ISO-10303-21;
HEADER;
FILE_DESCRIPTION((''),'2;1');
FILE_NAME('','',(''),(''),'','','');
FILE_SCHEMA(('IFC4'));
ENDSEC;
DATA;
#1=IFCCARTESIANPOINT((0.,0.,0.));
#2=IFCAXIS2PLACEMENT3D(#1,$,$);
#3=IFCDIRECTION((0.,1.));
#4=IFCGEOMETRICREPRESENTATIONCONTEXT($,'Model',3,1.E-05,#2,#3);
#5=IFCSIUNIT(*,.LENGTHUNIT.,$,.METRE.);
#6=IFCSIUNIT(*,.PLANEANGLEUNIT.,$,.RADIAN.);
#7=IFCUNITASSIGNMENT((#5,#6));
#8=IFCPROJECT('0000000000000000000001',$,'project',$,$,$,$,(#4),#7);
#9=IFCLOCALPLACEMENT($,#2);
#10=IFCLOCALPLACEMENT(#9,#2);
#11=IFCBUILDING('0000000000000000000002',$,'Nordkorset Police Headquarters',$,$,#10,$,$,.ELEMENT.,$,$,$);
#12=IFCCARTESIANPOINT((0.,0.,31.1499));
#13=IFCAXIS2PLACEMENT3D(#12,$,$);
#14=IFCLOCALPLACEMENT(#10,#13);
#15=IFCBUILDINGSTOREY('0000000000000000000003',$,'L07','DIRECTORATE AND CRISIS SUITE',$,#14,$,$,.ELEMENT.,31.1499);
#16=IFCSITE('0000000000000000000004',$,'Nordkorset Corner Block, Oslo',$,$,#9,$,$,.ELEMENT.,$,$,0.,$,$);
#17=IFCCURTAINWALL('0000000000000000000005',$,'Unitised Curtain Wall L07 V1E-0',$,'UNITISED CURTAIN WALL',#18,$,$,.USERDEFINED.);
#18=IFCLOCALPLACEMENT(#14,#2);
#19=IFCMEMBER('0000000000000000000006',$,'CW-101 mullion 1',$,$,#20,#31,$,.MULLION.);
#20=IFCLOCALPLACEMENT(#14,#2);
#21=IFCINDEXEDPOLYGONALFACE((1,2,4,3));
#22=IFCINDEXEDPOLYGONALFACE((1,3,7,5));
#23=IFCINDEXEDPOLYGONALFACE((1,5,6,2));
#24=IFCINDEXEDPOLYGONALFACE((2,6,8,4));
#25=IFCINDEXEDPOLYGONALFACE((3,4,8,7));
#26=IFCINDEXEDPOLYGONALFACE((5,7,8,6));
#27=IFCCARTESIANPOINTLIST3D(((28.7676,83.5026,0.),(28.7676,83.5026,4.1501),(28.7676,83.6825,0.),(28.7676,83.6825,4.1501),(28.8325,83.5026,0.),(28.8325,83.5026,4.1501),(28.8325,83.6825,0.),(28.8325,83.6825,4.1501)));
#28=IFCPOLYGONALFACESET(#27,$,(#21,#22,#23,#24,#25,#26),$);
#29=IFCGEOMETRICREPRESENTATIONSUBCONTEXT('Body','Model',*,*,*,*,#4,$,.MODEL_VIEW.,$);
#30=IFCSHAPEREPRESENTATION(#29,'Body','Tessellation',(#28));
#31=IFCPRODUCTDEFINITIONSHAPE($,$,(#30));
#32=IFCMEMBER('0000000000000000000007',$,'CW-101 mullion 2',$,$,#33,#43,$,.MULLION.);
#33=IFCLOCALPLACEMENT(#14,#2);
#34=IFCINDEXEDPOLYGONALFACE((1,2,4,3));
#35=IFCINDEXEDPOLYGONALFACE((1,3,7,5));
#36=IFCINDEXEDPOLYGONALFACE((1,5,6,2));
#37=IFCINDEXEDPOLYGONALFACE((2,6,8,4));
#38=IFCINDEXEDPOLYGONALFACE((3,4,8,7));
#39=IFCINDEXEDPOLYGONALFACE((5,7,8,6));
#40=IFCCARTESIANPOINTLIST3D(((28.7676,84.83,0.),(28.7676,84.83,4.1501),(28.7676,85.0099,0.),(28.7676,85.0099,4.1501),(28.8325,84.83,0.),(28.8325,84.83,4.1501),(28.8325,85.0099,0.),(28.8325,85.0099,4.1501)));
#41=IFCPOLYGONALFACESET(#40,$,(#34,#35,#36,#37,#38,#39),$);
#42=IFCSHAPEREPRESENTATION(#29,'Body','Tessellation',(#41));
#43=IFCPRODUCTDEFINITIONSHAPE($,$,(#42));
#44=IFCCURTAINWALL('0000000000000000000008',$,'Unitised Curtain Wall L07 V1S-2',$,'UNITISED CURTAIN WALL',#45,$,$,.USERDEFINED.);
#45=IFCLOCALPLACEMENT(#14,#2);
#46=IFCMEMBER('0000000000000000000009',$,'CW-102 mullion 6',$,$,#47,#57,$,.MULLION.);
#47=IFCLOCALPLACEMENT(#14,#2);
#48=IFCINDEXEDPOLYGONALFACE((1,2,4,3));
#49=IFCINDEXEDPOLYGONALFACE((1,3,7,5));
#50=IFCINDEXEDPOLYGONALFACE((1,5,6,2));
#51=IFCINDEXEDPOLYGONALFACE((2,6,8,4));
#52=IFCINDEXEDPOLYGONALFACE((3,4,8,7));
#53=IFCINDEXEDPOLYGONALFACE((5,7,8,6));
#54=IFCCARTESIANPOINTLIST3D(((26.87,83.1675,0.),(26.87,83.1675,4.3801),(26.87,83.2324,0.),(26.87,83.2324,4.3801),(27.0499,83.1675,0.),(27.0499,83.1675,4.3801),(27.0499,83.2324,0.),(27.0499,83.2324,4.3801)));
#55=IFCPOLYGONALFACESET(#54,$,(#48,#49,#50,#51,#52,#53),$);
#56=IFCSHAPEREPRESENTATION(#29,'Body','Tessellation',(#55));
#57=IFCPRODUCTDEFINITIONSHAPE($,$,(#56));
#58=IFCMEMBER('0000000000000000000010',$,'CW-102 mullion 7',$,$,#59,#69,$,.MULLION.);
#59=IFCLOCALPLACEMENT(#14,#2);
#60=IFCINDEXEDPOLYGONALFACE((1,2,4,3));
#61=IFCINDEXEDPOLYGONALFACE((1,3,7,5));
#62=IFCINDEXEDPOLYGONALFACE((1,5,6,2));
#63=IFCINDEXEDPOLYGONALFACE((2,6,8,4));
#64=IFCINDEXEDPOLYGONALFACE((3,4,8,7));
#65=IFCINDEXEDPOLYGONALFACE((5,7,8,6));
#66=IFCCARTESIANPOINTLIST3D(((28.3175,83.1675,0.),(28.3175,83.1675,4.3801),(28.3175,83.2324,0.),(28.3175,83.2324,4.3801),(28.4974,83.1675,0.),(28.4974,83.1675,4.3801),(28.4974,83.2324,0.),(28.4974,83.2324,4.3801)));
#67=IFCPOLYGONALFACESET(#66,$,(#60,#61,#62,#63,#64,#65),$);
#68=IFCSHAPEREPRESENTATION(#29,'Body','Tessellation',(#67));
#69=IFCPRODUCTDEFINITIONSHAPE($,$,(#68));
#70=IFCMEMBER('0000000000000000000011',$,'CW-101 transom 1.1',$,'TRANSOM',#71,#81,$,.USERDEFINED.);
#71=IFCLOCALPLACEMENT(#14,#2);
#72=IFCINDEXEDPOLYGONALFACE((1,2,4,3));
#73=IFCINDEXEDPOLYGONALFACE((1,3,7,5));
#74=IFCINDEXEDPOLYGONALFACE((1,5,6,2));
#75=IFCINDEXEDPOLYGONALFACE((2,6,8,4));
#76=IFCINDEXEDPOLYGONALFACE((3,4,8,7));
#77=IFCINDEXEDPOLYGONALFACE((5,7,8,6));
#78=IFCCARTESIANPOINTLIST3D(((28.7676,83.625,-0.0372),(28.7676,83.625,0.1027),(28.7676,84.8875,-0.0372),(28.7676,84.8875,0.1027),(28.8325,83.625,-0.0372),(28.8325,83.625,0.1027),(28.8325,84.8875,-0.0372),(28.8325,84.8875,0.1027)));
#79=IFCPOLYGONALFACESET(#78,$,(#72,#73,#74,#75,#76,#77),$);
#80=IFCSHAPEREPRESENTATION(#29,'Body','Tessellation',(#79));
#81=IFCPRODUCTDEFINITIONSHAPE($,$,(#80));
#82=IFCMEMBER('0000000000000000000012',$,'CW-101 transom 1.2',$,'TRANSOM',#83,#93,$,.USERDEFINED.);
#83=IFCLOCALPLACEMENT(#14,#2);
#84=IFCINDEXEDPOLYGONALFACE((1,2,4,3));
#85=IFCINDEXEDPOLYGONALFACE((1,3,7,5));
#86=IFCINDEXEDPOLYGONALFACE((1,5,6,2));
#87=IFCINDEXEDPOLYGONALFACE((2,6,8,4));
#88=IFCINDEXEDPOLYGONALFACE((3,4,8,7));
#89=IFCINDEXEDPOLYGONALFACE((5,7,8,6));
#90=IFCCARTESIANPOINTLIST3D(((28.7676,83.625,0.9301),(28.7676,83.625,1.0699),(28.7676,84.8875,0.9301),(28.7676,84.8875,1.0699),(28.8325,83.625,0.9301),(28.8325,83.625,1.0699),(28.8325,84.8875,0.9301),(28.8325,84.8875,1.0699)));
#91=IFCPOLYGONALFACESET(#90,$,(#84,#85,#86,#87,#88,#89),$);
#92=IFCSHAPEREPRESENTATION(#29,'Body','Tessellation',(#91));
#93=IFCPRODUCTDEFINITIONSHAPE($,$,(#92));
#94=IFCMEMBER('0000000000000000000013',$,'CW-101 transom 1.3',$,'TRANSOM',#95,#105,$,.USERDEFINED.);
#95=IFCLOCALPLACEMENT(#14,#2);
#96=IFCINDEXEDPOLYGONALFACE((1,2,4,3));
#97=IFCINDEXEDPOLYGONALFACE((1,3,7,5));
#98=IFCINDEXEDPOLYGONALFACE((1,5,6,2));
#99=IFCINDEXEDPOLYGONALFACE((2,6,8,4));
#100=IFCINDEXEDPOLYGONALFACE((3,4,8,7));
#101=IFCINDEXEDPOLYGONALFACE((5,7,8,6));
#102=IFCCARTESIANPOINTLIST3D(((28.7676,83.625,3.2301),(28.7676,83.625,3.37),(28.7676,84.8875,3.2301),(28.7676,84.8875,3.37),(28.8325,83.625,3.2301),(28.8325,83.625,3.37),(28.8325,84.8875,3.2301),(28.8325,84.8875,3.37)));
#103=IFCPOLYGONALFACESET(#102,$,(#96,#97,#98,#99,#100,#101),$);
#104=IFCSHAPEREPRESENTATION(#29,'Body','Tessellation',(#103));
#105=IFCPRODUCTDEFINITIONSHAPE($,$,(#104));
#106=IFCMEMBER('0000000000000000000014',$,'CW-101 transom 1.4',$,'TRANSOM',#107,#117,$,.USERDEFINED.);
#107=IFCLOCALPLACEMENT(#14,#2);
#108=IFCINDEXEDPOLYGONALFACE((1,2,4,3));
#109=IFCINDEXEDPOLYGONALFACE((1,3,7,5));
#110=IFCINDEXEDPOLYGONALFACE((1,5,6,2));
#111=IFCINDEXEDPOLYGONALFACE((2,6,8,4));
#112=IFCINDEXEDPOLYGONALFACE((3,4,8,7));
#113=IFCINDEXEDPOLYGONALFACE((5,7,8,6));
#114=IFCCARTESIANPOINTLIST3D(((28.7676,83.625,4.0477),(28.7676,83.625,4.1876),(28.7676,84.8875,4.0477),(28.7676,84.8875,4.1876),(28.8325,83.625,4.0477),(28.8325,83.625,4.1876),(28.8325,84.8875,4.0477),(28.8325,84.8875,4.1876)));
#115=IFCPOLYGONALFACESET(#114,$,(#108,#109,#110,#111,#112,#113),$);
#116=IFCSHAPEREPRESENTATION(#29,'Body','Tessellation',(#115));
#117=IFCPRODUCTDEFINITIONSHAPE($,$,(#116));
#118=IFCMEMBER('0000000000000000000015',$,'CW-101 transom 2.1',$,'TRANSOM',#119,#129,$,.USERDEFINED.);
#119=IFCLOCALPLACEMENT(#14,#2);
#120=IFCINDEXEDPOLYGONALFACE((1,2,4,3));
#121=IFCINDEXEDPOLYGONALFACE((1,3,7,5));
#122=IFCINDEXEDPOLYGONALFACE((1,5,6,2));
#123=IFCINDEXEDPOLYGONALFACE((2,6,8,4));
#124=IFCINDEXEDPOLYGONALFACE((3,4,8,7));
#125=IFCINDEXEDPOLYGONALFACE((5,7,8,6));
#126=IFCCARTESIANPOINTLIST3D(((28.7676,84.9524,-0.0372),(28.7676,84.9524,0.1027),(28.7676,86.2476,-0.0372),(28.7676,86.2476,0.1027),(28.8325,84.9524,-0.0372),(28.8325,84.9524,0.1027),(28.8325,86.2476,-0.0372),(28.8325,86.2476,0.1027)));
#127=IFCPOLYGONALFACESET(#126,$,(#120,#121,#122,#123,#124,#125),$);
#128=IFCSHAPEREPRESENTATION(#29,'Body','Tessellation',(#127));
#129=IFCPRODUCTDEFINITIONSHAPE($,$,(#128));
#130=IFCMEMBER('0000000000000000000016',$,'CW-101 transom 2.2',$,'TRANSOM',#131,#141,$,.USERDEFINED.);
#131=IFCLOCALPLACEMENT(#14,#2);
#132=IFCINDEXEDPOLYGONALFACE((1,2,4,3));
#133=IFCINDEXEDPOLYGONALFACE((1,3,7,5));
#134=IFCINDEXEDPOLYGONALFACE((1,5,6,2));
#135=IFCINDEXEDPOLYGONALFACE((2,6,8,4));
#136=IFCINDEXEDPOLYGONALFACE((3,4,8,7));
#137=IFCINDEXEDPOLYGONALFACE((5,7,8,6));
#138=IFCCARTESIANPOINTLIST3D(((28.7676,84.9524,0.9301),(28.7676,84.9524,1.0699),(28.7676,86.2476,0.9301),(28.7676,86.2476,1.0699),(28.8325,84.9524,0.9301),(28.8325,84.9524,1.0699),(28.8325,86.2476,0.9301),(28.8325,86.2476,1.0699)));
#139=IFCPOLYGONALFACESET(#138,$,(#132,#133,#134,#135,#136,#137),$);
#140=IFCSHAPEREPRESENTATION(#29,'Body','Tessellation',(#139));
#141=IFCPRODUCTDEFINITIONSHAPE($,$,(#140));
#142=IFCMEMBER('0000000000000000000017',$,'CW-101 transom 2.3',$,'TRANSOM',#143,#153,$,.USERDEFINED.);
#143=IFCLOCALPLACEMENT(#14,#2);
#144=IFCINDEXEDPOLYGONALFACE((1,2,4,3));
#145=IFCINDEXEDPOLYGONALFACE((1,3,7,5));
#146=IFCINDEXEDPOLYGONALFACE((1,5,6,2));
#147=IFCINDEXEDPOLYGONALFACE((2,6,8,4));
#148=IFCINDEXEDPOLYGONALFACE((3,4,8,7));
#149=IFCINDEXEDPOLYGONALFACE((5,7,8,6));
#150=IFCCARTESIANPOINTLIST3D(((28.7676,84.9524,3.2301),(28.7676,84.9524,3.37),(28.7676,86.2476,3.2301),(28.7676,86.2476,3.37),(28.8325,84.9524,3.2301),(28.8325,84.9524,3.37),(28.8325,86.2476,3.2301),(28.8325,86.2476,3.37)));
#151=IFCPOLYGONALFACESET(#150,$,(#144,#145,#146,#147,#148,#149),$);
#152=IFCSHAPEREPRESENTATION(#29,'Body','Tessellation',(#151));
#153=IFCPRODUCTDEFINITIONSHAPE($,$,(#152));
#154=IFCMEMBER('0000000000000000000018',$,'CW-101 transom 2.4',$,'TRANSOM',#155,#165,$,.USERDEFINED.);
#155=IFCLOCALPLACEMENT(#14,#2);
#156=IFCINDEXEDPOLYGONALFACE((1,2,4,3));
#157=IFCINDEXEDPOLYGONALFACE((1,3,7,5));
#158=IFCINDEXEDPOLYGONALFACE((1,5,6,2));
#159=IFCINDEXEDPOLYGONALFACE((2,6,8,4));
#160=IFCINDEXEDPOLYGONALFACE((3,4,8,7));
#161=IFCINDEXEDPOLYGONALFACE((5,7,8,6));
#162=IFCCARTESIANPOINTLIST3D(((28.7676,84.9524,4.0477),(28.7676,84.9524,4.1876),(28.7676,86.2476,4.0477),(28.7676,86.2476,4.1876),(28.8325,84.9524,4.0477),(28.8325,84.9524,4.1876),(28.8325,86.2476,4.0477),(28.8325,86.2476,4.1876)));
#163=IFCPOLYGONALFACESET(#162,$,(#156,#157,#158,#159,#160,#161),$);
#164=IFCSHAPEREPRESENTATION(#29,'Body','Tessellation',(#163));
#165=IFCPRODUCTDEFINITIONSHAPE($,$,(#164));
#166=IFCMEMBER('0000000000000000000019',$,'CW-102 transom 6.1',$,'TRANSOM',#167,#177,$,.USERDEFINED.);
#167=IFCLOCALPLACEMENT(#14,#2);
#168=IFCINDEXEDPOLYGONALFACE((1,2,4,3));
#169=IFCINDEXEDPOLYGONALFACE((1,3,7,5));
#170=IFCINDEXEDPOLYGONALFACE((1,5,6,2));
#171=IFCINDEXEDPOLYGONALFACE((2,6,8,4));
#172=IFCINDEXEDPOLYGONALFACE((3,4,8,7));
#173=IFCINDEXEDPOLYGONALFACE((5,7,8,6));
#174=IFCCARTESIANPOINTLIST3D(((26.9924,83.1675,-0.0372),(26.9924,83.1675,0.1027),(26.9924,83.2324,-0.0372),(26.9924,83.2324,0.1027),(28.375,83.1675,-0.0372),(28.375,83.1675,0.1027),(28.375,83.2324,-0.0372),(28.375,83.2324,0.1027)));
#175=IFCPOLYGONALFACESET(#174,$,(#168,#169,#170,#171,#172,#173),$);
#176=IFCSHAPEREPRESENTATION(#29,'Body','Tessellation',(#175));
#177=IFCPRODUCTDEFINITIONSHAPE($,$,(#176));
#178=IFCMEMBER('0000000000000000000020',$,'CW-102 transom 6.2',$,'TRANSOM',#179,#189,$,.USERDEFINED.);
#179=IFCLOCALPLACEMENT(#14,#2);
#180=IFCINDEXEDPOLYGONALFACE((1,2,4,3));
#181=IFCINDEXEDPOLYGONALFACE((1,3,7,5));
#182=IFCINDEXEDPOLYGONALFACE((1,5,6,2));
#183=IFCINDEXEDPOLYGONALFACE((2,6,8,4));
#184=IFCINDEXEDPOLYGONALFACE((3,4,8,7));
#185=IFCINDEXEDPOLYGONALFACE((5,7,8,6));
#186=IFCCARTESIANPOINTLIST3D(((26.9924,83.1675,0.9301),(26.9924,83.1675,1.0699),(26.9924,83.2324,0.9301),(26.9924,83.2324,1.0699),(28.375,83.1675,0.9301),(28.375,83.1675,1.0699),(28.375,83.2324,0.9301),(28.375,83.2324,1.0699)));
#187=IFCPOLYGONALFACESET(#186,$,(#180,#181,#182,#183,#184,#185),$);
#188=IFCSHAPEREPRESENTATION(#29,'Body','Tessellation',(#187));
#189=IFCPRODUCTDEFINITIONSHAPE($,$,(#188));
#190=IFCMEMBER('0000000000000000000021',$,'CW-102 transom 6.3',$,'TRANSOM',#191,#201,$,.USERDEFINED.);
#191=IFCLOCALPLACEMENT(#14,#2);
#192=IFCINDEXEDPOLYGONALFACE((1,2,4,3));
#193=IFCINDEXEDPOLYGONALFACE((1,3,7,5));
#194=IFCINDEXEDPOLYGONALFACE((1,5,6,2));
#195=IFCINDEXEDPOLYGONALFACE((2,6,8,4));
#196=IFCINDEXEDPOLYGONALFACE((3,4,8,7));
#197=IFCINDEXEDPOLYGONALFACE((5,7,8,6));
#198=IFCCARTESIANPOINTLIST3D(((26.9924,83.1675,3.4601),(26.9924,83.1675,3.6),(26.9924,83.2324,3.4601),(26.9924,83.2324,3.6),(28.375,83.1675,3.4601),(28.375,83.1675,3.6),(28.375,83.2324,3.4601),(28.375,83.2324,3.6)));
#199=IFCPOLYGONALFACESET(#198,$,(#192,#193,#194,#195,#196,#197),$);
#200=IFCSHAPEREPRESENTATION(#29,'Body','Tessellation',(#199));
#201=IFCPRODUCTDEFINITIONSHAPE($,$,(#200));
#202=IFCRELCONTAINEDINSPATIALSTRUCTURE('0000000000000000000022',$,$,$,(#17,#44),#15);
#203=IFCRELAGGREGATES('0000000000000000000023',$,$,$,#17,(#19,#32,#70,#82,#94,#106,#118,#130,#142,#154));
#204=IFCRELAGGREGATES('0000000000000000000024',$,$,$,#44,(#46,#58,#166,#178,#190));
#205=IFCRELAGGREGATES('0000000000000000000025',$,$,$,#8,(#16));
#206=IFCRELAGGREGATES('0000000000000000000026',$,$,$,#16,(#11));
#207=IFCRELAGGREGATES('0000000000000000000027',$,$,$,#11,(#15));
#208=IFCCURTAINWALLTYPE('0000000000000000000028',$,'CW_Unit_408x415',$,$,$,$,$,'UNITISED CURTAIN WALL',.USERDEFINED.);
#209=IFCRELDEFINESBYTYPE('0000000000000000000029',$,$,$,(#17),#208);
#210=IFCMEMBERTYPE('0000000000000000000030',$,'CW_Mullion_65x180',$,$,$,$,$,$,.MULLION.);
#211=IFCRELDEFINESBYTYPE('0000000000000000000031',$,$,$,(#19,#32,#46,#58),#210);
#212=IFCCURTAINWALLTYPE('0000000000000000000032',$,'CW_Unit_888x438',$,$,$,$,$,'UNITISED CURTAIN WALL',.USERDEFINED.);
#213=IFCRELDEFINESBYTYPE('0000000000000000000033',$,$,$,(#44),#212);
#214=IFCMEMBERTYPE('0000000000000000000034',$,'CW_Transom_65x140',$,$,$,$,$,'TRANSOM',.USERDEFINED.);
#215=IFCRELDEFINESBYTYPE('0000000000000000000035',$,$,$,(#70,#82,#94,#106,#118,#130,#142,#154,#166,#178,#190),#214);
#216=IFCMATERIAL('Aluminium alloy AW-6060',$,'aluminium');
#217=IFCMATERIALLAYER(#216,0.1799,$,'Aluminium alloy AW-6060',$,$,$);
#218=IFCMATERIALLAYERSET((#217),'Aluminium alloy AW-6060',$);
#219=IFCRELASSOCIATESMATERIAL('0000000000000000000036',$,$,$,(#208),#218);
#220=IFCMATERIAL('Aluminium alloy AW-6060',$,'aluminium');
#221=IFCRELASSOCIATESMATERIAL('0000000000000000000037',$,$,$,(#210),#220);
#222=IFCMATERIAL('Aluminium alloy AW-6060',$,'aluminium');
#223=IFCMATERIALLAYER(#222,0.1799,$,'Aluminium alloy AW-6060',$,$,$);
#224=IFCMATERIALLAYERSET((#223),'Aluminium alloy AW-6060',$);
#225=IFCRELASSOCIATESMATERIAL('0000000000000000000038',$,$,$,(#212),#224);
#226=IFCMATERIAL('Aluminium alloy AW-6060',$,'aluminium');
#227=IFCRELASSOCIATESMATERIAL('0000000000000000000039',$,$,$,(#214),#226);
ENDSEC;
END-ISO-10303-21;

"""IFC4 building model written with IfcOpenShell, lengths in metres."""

from ifc_helpers import new_model, si_unit, direction, frame, origin, origin_2d, place, context, subcontext, project, spatial, rectangle, extrude, material, layer, layer_set, material_profile, profile_set, type_object, element, aggregate, save


model = new_model("IFC4")

# Units and contexts
model_context = context("Model", 3, precision=1e-05, world=origin(), true_north=direction((0.0, 1.0)))
body_context = subcontext(model_context, "Body", "Model", "MODEL_VIEW")
ifc_project = project(units=[si_unit("LENGTHUNIT", "METRE"), si_unit("PLANEANGLEUNIT", "RADIAN")], contexts=[model_context])

# Site, building, storey
site_placement = place(None, origin())
site = spatial("IfcSite", under=ifc_project, at=site_placement, Name="Nordkorset Corner Block, Oslo", CompositionType="ELEMENT", RefElevation=0.0)
building_placement = place(site_placement, origin())
building = spatial("IfcBuilding", under=site, at=building_placement, Name="Nordkorset Police Headquarters", CompositionType="ELEMENT")
storey_placement = place(building_placement, frame((0.0, 0.0, 31.1499)))
storey = spatial("IfcBuildingStorey", under=building, at=storey_placement, Name="L07", Description="DIRECTORATE AND CRISIS SUITE", CompositionType="ELEMENT", Elevation=31.1499)

# Curtain walls, members
ifc_material_1 = material(Name="Aluminium alloy AW-6060", Category="aluminium")
ifc_layer_1 = layer(ifc_material_1, 0.1799, Name="Aluminium alloy AW-6060")
ifc_layer_set_1 = layer_set([ifc_layer_1], Name="Aluminium alloy AW-6060")
curtain_wall_type_1 = type_object("IfcCurtainWallType", Name="CW_Unit_408x415", ElementType="UNITISED CURTAIN WALL", PredefinedType="USERDEFINED", material=ifc_layer_set_1)
curtain_wall_1_placement = place(storey_placement, origin())
curtain_wall_1 = element("IfcCurtainWall", 1, at=curtain_wall_1_placement, inside=storey, type_object=curtain_wall_type_1, Name="Unitised Curtain Wall L07 V1E-0", ObjectType="UNITISED CURTAIN WALL", PredefinedType="USERDEFINED")
ifc_material_2 = material(Name="Aluminium alloy AW-6060", Category="aluminium")
ifc_material_profile_1 = material_profile(ifc_material_2, rectangle(XDim=0.0649, YDim=0.1799, at=origin_2d()), Name="ALU MULL 65x180")
ifc_profile_set_1 = profile_set([ifc_material_profile_1], Name="Aluminium alloy AW-6060")
member_type_1 = type_object("IfcMemberType", Name="CW_Mullion_65x180", PredefinedType="MULLION", material=ifc_profile_set_1)
member_1_placement = place(storey_placement, frame((28.8, 83.5925, 0.0), z_axis=(0.0, 0.0, 1.0), x_axis=(-1.0, 0.0, 0.0)))
member_1 = element("IfcMember", 2, at=member_1_placement, type_object=member_type_1, Name="CW-101 mullion 1", PredefinedType="MULLION", context=body_context, shape_type="SweptSolid", body=[
    extrude(rectangle(XDim=0.0649, YDim=0.1799, at=origin_2d()), origin(), (0.0, 0.0, 1.0), 4.1501),
])
member_2_placement = place(storey_placement, frame((28.8, 84.9199, 0.0), z_axis=(0.0, 0.0, 1.0), x_axis=(-1.0, 0.0, 0.0)))
member_2 = element("IfcMember", 3, at=member_2_placement, type_object=member_type_1, Name="CW-101 mullion 2", PredefinedType="MULLION", context=body_context, shape_type="SweptSolid", body=[
    extrude(rectangle(XDim=0.0649, YDim=0.1799, at=origin_2d()), origin(), (0.0, 0.0, 1.0), 4.1501),
])
ifc_material_3 = material(Name="Aluminium alloy AW-6060", Category="aluminium")
ifc_layer_2 = layer(ifc_material_3, 0.1799, Name="Aluminium alloy AW-6060")
ifc_layer_set_2 = layer_set([ifc_layer_2], Name="Aluminium alloy AW-6060")
curtain_wall_type_2 = type_object("IfcCurtainWallType", Name="CW_Unit_888x438", ElementType="UNITISED CURTAIN WALL", PredefinedType="USERDEFINED", material=ifc_layer_set_2)
curtain_wall_2_placement = place(storey_placement, origin())
curtain_wall_2 = element("IfcCurtainWall", 4, at=curtain_wall_2_placement, inside=storey, type_object=curtain_wall_type_2, Name="Unitised Curtain Wall L07 V1S-2", ObjectType="UNITISED CURTAIN WALL", PredefinedType="USERDEFINED")
member_3_placement = place(storey_placement, frame((26.96, 83.2, 0.0), z_axis=(0.0, 0.0, 1.0), x_axis=(0.0, 1.0, 0.0)))
member_3 = element("IfcMember", 5, at=member_3_placement, type_object=member_type_1, Name="CW-102 mullion 6", PredefinedType="MULLION", context=body_context, shape_type="SweptSolid", body=[
    extrude(rectangle(XDim=0.0649, YDim=0.1799, at=origin_2d()), origin(), (0.0, 0.0, 1.0), 4.3801),
])
member_4_placement = place(storey_placement, frame((28.4075, 83.2, 0.0), z_axis=(0.0, 0.0, 1.0), x_axis=(0.0, 1.0, 0.0)))
member_4 = element("IfcMember", 6, at=member_4_placement, type_object=member_type_1, Name="CW-102 mullion 7", PredefinedType="MULLION", context=body_context, shape_type="SweptSolid", body=[
    extrude(rectangle(XDim=0.0649, YDim=0.1799, at=origin_2d()), origin(), (0.0, 0.0, 1.0), 4.3801),
])

# Members
ifc_material_4 = material(Name="Aluminium alloy AW-6060", Category="aluminium")
ifc_material_profile_2 = material_profile(ifc_material_4, rectangle(XDim=0.0649, YDim=0.1399, at=origin_2d()), Name="ALU TRAN 65x140")
ifc_profile_set_2 = profile_set([ifc_material_profile_2], Name="Aluminium alloy AW-6060")
member_type_2 = type_object("IfcMemberType", Name="CW_Transom_65x140", ElementType="TRANSOM", PredefinedType="USERDEFINED", material=ifc_profile_set_2)
member_5_placement = place(storey_placement, frame((28.8, 83.625, 0.0327), z_axis=(0.0, 1.0, 0.0), x_axis=(-1.0, 0.0, 0.0)))
member_5 = element("IfcMember", 7, at=member_5_placement, type_object=member_type_2, Name="CW-101 transom 1.1", ObjectType="TRANSOM", PredefinedType="USERDEFINED", context=body_context, shape_type="SweptSolid", body=[
    extrude(rectangle(XDim=0.0649, YDim=0.1399, at=origin_2d()), origin(), (0.0, 0.0, 1.0), 1.2625),
])
member_6_placement = place(storey_placement, frame((28.8, 83.625, 1.0), z_axis=(0.0, 1.0, 0.0), x_axis=(-1.0, 0.0, 0.0)))
member_6 = element("IfcMember", 8, at=member_6_placement, type_object=member_type_2, Name="CW-101 transom 1.2", ObjectType="TRANSOM", PredefinedType="USERDEFINED", context=body_context, shape_type="SweptSolid", body=[
    extrude(rectangle(XDim=0.0649, YDim=0.1399, at=origin_2d()), origin(), (0.0, 0.0, 1.0), 1.2625),
])
member_7_placement = place(storey_placement, frame((28.8, 83.625, 3.3), z_axis=(0.0, 1.0, 0.0), x_axis=(-1.0, 0.0, 0.0)))
member_7 = element("IfcMember", 9, at=member_7_placement, type_object=member_type_2, Name="CW-101 transom 1.3", ObjectType="TRANSOM", PredefinedType="USERDEFINED", context=body_context, shape_type="SweptSolid", body=[
    extrude(rectangle(XDim=0.0649, YDim=0.1399, at=origin_2d()), origin(), (0.0, 0.0, 1.0), 1.2625),
])
member_8_placement = place(storey_placement, frame((28.8, 83.625, 4.1177), z_axis=(0.0, 1.0, 0.0), x_axis=(-1.0, 0.0, 0.0)))
member_8 = element("IfcMember", 10, at=member_8_placement, type_object=member_type_2, Name="CW-101 transom 1.4", ObjectType="TRANSOM", PredefinedType="USERDEFINED", context=body_context, shape_type="SweptSolid", body=[
    extrude(rectangle(XDim=0.0649, YDim=0.1399, at=origin_2d()), origin(), (0.0, 0.0, 1.0), 1.2625),
])
member_9_placement = place(storey_placement, frame((28.8, 84.9524, 0.0327), z_axis=(0.0, 1.0, 0.0), x_axis=(-1.0, 0.0, 0.0)))
member_9 = element("IfcMember", 11, at=member_9_placement, type_object=member_type_2, Name="CW-101 transom 2.1", ObjectType="TRANSOM", PredefinedType="USERDEFINED", context=body_context, shape_type="SweptSolid", body=[
    extrude(rectangle(XDim=0.0649, YDim=0.1399, at=origin_2d()), origin(), (0.0, 0.0, 1.0), 1.2952),
])
member_10_placement = place(storey_placement, frame((28.8, 84.9524, 1.0), z_axis=(0.0, 1.0, 0.0), x_axis=(-1.0, 0.0, 0.0)))
member_10 = element("IfcMember", 12, at=member_10_placement, type_object=member_type_2, Name="CW-101 transom 2.2", ObjectType="TRANSOM", PredefinedType="USERDEFINED", context=body_context, shape_type="SweptSolid", body=[
    extrude(rectangle(XDim=0.0649, YDim=0.1399, at=origin_2d()), origin(), (0.0, 0.0, 1.0), 1.2952),
])
member_11_placement = place(storey_placement, frame((28.8, 84.9524, 3.3), z_axis=(0.0, 1.0, 0.0), x_axis=(-1.0, 0.0, 0.0)))
member_11 = element("IfcMember", 13, at=member_11_placement, type_object=member_type_2, Name="CW-101 transom 2.3", ObjectType="TRANSOM", PredefinedType="USERDEFINED", context=body_context, shape_type="SweptSolid", body=[
    extrude(rectangle(XDim=0.0649, YDim=0.1399, at=origin_2d()), origin(), (0.0, 0.0, 1.0), 1.2952),
])
member_12_placement = place(storey_placement, frame((28.8, 84.9524, 4.1177), z_axis=(0.0, 1.0, 0.0), x_axis=(-1.0, 0.0, 0.0)))
member_12 = element("IfcMember", 14, at=member_12_placement, type_object=member_type_2, Name="CW-101 transom 2.4", ObjectType="TRANSOM", PredefinedType="USERDEFINED", context=body_context, shape_type="SweptSolid", body=[
    extrude(rectangle(XDim=0.0649, YDim=0.1399, at=origin_2d()), origin(), (0.0, 0.0, 1.0), 1.2952),
])
member_13_placement = place(storey_placement, frame((26.9924, 83.2, 0.0327), z_axis=(1.0, 0.0, 0.0), x_axis=(0.0, 1.0, 0.0)))
member_13 = element("IfcMember", 15, at=member_13_placement, type_object=member_type_2, Name="CW-102 transom 6.1", ObjectType="TRANSOM", PredefinedType="USERDEFINED", context=body_context, shape_type="SweptSolid", body=[
    extrude(rectangle(XDim=0.0649, YDim=0.1399, at=origin_2d()), origin(), (0.0, 0.0, 1.0), 1.3826),
])
member_14_placement = place(storey_placement, frame((26.9924, 83.2, 1.0), z_axis=(1.0, 0.0, 0.0), x_axis=(0.0, 1.0, 0.0)))
member_14 = element("IfcMember", 16, at=member_14_placement, type_object=member_type_2, Name="CW-102 transom 6.2", ObjectType="TRANSOM", PredefinedType="USERDEFINED", context=body_context, shape_type="SweptSolid", body=[
    extrude(rectangle(XDim=0.0649, YDim=0.1399, at=origin_2d()), origin(), (0.0, 0.0, 1.0), 1.3826),
])
member_15_placement = place(storey_placement, frame((26.9924, 83.2, 3.53), z_axis=(1.0, 0.0, 0.0), x_axis=(0.0, 1.0, 0.0)))
member_15 = element("IfcMember", 17, at=member_15_placement, type_object=member_type_2, Name="CW-102 transom 6.3", ObjectType="TRANSOM", PredefinedType="USERDEFINED", context=body_context, shape_type="SweptSolid", body=[
    extrude(rectangle(XDim=0.0649, YDim=0.1399, at=origin_2d()), origin(), (0.0, 0.0, 1.0), 1.3826),
])

aggregate(curtain_wall_1, [member_1, member_2, member_5, member_6, member_7, member_8, member_9, member_10, member_11, member_12])
aggregate(curtain_wall_2, [member_3, member_4, member_13, member_14, member_15])

save(model, "model.ifc")
